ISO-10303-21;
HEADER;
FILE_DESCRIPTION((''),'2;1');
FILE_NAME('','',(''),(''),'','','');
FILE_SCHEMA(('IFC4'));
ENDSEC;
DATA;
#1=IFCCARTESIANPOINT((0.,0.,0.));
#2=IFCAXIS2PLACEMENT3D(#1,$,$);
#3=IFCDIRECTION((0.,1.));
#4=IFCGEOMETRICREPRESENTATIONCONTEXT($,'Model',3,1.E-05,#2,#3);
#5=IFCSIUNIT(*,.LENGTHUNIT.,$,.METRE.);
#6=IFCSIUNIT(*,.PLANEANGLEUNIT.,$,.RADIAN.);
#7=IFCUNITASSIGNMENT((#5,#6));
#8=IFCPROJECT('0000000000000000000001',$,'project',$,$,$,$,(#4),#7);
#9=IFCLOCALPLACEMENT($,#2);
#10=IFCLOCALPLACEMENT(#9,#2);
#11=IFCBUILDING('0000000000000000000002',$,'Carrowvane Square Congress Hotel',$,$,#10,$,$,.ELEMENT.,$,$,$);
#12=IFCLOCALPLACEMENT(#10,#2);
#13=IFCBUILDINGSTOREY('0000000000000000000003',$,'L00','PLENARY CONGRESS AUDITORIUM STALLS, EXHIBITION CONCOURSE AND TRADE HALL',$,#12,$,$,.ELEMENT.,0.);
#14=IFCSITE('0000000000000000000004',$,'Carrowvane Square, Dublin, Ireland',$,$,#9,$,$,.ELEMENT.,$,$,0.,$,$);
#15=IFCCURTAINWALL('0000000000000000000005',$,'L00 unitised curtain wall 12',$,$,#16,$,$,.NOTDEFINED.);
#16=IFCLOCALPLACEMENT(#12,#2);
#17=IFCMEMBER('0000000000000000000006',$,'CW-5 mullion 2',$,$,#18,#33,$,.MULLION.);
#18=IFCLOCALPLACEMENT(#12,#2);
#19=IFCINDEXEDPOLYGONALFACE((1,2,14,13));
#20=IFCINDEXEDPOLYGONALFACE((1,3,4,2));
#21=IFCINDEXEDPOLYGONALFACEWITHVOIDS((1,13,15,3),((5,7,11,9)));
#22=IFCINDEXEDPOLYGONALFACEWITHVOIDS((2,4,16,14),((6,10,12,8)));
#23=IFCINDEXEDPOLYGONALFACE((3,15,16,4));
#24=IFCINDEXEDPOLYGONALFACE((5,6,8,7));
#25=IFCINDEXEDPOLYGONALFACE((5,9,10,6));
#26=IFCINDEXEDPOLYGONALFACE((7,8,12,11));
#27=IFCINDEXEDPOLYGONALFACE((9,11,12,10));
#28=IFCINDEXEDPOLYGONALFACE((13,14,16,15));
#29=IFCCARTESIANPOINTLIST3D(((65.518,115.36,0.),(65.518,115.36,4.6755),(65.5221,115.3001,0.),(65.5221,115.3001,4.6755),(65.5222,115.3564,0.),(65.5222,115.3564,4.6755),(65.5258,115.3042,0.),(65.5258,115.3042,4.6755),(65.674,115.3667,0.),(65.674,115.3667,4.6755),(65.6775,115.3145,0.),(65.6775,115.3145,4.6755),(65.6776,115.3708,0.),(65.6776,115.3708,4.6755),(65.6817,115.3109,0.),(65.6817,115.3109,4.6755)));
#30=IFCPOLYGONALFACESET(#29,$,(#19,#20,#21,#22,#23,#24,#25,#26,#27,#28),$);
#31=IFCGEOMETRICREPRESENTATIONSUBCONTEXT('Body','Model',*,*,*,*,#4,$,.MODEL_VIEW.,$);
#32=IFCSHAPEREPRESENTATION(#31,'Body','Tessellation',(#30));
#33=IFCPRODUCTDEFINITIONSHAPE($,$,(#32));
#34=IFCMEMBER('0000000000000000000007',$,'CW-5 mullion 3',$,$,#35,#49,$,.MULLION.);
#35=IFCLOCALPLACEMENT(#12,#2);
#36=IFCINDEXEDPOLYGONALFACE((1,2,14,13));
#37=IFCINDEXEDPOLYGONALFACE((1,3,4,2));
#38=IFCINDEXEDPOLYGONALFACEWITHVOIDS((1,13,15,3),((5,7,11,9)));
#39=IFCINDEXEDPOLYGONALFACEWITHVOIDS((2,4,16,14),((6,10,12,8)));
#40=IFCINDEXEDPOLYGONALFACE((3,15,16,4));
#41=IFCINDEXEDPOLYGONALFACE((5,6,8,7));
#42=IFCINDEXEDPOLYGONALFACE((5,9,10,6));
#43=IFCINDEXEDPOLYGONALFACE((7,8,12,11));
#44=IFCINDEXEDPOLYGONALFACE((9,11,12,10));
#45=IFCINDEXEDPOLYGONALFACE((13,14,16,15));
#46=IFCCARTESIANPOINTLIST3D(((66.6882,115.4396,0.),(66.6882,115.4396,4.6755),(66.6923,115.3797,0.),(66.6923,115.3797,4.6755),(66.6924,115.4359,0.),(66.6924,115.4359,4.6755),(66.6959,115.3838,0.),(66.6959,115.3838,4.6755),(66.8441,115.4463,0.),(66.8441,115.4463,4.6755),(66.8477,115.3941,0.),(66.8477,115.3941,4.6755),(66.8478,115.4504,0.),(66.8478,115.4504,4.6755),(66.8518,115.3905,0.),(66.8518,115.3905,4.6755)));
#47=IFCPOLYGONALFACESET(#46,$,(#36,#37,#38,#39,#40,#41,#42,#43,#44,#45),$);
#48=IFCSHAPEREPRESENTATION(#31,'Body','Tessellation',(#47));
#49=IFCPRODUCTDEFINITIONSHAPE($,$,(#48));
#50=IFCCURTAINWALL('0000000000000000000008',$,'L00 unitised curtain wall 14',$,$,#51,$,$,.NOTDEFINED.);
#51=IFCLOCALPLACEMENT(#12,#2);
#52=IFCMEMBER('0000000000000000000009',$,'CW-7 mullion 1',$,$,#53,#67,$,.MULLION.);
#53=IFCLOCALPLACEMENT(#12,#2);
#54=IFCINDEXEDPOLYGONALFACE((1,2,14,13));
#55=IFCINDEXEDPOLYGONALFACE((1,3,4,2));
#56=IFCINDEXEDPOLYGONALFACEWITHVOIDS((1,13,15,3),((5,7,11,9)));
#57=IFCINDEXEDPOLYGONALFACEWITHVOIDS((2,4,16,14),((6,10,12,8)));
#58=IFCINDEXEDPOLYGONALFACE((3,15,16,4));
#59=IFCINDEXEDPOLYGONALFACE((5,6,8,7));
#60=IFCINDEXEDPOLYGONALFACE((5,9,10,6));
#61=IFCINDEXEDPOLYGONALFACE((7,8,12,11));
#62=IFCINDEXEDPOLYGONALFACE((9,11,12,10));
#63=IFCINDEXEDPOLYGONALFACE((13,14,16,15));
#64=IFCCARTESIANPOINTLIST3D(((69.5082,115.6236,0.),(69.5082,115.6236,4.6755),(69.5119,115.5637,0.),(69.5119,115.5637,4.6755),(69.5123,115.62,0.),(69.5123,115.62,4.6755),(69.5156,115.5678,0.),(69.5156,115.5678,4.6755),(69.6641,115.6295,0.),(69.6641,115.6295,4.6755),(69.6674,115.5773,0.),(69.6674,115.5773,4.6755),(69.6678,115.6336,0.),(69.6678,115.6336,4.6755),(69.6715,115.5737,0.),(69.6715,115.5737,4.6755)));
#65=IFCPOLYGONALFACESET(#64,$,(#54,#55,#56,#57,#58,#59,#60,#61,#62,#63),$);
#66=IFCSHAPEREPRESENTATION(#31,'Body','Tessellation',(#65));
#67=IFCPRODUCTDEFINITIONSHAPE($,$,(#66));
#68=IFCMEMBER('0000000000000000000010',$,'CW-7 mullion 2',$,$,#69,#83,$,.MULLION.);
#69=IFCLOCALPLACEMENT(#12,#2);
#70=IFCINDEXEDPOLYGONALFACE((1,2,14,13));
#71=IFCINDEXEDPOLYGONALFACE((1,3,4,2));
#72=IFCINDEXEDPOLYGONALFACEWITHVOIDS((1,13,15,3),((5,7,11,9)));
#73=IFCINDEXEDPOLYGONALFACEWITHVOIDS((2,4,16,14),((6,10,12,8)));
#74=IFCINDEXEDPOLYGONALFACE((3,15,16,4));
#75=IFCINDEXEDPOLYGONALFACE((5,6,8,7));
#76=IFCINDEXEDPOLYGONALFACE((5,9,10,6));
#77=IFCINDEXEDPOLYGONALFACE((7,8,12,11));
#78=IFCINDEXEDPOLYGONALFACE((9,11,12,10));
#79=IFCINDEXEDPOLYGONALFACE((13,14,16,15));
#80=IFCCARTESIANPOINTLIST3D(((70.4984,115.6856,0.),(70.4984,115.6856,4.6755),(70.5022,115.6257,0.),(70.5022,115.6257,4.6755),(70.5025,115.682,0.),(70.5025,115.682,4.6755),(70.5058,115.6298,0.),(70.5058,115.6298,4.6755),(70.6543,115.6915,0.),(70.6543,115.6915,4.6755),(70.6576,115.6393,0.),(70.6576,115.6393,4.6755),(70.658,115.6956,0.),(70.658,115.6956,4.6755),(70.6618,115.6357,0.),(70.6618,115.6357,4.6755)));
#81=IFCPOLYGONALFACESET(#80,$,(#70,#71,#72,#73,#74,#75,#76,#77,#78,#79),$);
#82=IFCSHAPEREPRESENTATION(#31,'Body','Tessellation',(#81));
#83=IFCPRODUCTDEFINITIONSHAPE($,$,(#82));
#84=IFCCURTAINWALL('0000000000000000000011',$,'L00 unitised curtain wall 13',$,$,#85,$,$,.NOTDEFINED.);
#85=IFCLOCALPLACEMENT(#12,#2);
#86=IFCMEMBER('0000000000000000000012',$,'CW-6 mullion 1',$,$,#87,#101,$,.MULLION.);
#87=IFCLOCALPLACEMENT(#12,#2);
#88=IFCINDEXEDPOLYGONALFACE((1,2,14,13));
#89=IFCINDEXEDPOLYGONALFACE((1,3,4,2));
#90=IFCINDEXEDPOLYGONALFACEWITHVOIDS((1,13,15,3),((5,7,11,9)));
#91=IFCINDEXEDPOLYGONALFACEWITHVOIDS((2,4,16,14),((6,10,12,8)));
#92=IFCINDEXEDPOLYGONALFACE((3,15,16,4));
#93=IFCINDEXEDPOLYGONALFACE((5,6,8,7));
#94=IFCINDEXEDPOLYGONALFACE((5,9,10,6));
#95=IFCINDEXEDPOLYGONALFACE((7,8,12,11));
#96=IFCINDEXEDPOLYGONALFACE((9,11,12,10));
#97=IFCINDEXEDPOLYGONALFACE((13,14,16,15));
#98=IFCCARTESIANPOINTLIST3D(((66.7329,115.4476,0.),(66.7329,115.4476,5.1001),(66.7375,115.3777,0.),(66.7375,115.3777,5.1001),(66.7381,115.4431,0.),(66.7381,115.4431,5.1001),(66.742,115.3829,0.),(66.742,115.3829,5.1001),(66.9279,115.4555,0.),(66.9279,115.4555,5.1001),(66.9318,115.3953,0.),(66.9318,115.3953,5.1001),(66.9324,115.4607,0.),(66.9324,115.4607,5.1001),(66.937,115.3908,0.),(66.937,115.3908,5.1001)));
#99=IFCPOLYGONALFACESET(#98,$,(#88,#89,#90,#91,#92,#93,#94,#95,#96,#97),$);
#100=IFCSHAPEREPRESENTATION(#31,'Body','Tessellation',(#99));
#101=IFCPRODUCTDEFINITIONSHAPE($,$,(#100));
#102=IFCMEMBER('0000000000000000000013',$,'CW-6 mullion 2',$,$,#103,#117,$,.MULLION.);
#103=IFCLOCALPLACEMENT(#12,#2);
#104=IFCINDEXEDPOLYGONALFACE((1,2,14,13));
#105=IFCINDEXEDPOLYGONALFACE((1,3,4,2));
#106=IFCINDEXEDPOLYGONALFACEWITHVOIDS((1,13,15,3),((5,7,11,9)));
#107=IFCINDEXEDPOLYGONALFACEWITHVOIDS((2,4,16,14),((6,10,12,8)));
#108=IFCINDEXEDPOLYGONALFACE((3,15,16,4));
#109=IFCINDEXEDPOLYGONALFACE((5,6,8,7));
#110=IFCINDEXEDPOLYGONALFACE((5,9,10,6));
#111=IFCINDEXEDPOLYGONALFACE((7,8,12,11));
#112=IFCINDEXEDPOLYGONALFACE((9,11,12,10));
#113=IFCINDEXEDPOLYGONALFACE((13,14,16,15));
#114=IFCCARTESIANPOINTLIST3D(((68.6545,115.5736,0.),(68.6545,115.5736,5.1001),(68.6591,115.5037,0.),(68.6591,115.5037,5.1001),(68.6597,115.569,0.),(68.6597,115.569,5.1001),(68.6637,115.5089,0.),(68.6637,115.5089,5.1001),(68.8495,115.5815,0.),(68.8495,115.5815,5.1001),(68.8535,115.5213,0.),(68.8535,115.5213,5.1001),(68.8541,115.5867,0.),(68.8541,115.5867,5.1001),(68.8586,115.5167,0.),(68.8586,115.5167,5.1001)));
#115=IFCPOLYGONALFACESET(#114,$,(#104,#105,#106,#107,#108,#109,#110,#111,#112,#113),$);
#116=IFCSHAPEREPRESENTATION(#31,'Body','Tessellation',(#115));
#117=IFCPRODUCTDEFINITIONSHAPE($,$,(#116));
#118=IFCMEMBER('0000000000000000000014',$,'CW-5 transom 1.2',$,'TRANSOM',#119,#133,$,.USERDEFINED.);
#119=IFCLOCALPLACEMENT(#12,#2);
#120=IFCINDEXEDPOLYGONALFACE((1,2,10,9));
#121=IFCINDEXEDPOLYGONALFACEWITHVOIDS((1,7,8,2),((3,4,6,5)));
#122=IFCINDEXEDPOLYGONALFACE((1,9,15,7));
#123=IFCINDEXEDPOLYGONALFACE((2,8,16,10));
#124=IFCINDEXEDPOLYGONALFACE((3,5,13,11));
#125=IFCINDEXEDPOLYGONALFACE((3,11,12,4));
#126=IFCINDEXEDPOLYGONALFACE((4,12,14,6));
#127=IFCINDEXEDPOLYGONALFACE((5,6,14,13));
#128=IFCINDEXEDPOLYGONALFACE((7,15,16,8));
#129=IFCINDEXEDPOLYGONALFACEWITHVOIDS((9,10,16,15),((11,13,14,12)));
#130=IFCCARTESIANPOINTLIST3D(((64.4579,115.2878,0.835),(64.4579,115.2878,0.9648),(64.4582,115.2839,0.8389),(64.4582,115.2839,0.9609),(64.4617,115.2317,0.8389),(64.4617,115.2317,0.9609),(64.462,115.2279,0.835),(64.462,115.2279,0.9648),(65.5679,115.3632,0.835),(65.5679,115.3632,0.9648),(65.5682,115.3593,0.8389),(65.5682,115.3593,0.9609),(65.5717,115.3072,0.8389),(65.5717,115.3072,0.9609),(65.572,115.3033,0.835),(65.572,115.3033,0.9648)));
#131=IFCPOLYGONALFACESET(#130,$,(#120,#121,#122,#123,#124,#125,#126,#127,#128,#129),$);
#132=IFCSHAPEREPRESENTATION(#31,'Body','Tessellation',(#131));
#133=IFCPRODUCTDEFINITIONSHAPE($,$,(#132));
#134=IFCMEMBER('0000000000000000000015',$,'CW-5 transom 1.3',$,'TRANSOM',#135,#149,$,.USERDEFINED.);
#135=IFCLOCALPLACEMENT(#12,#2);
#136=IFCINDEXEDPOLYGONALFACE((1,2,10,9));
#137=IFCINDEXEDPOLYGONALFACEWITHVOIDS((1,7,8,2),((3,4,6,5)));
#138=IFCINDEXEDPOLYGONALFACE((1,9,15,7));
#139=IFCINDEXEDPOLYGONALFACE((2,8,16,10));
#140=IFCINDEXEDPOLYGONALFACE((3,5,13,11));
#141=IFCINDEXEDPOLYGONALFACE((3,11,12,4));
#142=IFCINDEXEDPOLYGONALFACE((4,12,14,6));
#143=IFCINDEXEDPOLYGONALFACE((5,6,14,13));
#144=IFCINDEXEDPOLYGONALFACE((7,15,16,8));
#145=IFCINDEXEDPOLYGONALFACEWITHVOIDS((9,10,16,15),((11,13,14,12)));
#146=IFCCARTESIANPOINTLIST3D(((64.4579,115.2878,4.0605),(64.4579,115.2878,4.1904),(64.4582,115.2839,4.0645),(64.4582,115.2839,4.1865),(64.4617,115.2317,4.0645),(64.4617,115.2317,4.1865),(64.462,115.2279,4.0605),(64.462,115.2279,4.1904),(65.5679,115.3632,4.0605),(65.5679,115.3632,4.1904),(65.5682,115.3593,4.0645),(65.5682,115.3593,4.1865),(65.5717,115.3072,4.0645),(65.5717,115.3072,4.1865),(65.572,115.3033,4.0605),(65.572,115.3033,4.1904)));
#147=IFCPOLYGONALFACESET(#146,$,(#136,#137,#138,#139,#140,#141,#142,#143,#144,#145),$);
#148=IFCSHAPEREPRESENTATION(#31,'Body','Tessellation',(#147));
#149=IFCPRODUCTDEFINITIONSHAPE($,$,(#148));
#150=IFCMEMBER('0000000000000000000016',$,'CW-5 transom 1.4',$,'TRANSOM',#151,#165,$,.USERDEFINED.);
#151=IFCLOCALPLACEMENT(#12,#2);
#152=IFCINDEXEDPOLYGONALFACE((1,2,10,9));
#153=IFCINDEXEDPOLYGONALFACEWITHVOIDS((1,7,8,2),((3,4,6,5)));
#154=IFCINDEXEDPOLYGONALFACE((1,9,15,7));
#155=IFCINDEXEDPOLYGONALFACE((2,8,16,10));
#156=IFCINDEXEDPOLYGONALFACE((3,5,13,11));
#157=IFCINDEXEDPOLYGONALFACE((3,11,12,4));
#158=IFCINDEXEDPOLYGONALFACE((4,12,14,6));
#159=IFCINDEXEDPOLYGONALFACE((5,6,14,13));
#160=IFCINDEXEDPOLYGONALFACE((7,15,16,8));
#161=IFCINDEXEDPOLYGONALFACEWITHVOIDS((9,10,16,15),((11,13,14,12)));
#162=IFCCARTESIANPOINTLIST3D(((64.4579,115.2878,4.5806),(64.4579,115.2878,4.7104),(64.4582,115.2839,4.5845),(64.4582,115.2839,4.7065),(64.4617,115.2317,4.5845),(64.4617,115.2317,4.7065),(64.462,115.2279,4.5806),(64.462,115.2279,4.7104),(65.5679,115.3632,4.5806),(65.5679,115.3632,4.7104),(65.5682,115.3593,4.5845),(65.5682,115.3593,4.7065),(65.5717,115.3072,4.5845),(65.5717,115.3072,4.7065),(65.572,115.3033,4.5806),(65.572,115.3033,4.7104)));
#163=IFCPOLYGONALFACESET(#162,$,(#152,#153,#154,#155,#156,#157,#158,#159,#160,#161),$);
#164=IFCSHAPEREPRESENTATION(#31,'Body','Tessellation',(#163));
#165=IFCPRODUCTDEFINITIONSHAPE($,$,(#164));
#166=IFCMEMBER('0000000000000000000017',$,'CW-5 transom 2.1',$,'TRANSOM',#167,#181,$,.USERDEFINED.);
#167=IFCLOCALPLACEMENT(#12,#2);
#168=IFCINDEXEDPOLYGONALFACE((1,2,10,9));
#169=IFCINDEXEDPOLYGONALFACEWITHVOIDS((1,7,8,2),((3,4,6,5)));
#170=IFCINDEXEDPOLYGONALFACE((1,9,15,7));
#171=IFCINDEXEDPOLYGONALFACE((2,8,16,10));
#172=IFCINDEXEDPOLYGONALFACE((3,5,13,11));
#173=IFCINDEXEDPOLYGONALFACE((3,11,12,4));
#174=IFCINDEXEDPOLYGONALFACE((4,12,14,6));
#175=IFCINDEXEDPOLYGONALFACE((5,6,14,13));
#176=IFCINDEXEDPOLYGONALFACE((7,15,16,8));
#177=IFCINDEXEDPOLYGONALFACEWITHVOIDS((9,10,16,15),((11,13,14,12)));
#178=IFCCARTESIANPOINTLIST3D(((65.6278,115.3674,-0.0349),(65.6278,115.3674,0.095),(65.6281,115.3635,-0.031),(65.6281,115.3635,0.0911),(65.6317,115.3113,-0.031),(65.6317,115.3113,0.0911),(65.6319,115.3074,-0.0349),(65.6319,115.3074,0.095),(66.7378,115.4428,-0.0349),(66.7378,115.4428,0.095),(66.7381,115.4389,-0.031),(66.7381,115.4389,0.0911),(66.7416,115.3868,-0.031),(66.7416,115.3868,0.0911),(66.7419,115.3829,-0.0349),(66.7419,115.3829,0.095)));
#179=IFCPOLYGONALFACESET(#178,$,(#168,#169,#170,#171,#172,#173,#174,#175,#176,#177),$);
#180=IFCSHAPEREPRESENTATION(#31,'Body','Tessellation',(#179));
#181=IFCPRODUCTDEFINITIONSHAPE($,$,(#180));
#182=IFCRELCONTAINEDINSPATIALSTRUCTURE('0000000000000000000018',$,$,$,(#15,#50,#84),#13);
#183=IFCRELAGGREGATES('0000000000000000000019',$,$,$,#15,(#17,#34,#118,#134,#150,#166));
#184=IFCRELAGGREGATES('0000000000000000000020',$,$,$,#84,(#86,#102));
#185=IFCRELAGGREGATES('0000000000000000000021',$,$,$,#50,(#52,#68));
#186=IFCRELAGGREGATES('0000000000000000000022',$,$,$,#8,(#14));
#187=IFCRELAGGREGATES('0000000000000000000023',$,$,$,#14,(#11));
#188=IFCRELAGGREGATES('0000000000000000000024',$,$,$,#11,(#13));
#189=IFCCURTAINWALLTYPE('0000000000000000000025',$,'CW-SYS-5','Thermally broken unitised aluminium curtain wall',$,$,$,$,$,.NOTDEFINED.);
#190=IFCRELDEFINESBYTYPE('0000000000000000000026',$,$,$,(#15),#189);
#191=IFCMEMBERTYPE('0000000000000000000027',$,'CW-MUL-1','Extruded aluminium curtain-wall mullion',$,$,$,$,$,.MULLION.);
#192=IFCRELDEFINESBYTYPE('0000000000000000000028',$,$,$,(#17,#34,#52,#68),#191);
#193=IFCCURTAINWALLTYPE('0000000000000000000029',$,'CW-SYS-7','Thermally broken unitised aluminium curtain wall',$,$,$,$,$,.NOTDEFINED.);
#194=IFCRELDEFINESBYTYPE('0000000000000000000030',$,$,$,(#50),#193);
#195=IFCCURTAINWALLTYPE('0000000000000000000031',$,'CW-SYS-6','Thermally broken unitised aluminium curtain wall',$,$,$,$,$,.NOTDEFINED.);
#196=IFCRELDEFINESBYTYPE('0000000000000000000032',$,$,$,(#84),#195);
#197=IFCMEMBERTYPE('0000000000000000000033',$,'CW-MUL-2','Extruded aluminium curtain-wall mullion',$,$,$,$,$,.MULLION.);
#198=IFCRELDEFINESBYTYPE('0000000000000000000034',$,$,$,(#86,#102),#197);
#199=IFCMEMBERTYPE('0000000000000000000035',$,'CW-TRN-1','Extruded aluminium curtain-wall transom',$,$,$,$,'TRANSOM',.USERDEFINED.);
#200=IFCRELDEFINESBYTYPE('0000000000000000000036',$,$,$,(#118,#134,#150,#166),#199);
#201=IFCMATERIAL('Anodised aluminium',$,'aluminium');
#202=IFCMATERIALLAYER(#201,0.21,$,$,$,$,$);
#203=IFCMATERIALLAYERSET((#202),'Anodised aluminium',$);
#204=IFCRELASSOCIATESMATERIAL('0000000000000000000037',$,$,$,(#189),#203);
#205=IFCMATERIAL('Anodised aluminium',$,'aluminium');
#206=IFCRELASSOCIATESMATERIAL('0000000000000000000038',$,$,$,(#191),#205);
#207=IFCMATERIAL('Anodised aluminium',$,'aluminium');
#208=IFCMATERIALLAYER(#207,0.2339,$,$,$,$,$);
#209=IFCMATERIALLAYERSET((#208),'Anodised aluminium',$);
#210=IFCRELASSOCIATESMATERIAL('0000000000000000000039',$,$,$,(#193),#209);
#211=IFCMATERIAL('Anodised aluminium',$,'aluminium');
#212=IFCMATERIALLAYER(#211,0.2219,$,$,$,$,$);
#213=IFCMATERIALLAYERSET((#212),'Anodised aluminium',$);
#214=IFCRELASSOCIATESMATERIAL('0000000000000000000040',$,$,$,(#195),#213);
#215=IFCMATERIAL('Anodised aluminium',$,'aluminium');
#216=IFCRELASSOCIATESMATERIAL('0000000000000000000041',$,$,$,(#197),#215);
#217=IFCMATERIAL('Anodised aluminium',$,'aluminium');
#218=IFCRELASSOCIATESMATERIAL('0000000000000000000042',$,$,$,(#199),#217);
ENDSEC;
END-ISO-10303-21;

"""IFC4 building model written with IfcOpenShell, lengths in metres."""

from ifc_helpers import new_model, si_unit, direction, frame, origin, origin_2d, place, context, subcontext, project, spatial, hollow_rectangle, extrude, material, layer, layer_set, material_profile, profile_set, type_object, element, aggregate, save


model = new_model("IFC4")

# Units and contexts
model_context = context("Model", 3, precision=1e-05, world=origin(), true_north=direction((0.0, 1.0)))
body_context = subcontext(model_context, "Body", "Model", "MODEL_VIEW")
ifc_project = project(units=[si_unit("LENGTHUNIT", "METRE"), si_unit("PLANEANGLEUNIT", "RADIAN")], contexts=[model_context])

# Site, building, storey
site_placement = place(None, origin())
site = spatial("IfcSite", under=ifc_project, at=site_placement, Name="Carrowvane Square, Dublin, Ireland", CompositionType="ELEMENT", RefElevation=0.0)
building_placement = place(site_placement, origin())
building = spatial("IfcBuilding", under=site, at=building_placement, Name="Carrowvane Square Congress Hotel", CompositionType="ELEMENT")
storey_placement = place(building_placement, origin())
storey = spatial("IfcBuildingStorey", under=building, at=storey_placement, Name="L00", Description="PLENARY CONGRESS AUDITORIUM STALLS, EXHIBITION CONCOURSE AND TRADE HALL", CompositionType="ELEMENT", Elevation=0.0)

# Curtain walls, members
ifc_material_1 = material(Name="Anodised aluminium", Category="aluminium")
ifc_layer_1 = layer(ifc_material_1, 0.21)
ifc_layer_set_1 = layer_set([ifc_layer_1], Name="Anodised aluminium")
curtain_wall_type_1 = type_object("IfcCurtainWallType", Name="CW-SYS-5", Description="Thermally broken unitised aluminium curtain wall", PredefinedType="NOTDEFINED", material=ifc_layer_set_1)
curtain_wall_1_placement = place(storey_placement, origin())
curtain_wall_1 = element("IfcCurtainWall", 1, at=curtain_wall_1_placement, inside=storey, type_object=curtain_wall_type_1, Name="L00 unitised curtain wall 12", PredefinedType="NOTDEFINED")
ifc_material_2 = material(Name="Anodised aluminium", Category="aluminium")
ifc_material_profile_1 = material_profile(ifc_material_2, hollow_rectangle(XDim=0.0601, YDim=0.1599, WallThickness=0.0039, at=origin_2d()), Name="CW-ML 60x160x4")
ifc_profile_set_1 = profile_set([ifc_material_profile_1], Name="Anodised aluminium")
member_type_1 = type_object("IfcMemberType", Name="CW-MUL-1", Description="Extruded aluminium curtain-wall mullion", PredefinedType="MULLION", material=ifc_profile_set_1)
member_1_placement = place(storey_placement, frame((65.5999, 115.3354, 0.0), z_axis=(0.0, 0.0, 1.0), x_axis=(-0.067865, 0.997694, 0.0)))
member_1 = element("IfcMember", 2, at=member_1_placement, type_object=member_type_1, Name="CW-5 mullion 2", PredefinedType="MULLION", context=body_context, shape_type="SweptSolid", body=[
    extrude(hollow_rectangle(XDim=0.0601, YDim=0.1599, WallThickness=0.0039, at=origin_2d()), origin(), (0.0, 0.0, 1.0), 4.6755),
])
member_2_placement = place(storey_placement, frame((66.77, 115.415, 0.0), z_axis=(0.0, 0.0, 1.0), x_axis=(-0.067865, 0.997694, 0.0)))
member_2 = element("IfcMember", 3, at=member_2_placement, type_object=member_type_1, Name="CW-5 mullion 3", PredefinedType="MULLION", context=body_context, shape_type="SweptSolid", body=[
    extrude(hollow_rectangle(XDim=0.0601, YDim=0.1599, WallThickness=0.0039, at=origin_2d()), origin(), (0.0, 0.0, 1.0), 4.6755),
])
ifc_material_3 = material(Name="Anodised aluminium", Category="aluminium")
ifc_layer_2 = layer(ifc_material_3, 0.2339)
ifc_layer_set_2 = layer_set([ifc_layer_2], Name="Anodised aluminium")
curtain_wall_type_2 = type_object("IfcCurtainWallType", Name="CW-SYS-7", Description="Thermally broken unitised aluminium curtain wall", PredefinedType="NOTDEFINED", material=ifc_layer_set_2)
curtain_wall_2_placement = place(storey_placement, origin())
curtain_wall_2 = element("IfcCurtainWall", 4, at=curtain_wall_2_placement, inside=storey, type_object=curtain_wall_type_2, Name="L00 unitised curtain wall 14", PredefinedType="NOTDEFINED")
member_3_placement = place(storey_placement, frame((69.5898, 115.5986, 0.0), z_axis=(0.0, 0.0, 1.0), x_axis=(-0.062397, 0.998051, 0.0)))
member_3 = element("IfcMember", 5, at=member_3_placement, type_object=member_type_1, Name="CW-7 mullion 1", PredefinedType="MULLION", context=body_context, shape_type="SweptSolid", body=[
    extrude(hollow_rectangle(XDim=0.0601, YDim=0.1599, WallThickness=0.0039, at=origin_2d()), origin(), (0.0, 0.0, 1.0), 4.6755),
])
member_4_placement = place(storey_placement, frame((70.5801, 115.6606, 0.0), z_axis=(0.0, 0.0, 1.0), x_axis=(-0.062397, 0.998051, 0.0)))
member_4 = element("IfcMember", 6, at=member_4_placement, type_object=member_type_1, Name="CW-7 mullion 2", PredefinedType="MULLION", context=body_context, shape_type="SweptSolid", body=[
    extrude(hollow_rectangle(XDim=0.0601, YDim=0.1599, WallThickness=0.0039, at=origin_2d()), origin(), (0.0, 0.0, 1.0), 4.6755),
])
ifc_material_4 = material(Name="Anodised aluminium", Category="aluminium")
ifc_layer_3 = layer(ifc_material_4, 0.2219)
ifc_layer_set_3 = layer_set([ifc_layer_3], Name="Anodised aluminium")
curtain_wall_type_3 = type_object("IfcCurtainWallType", Name="CW-SYS-6", Description="Thermally broken unitised aluminium curtain wall", PredefinedType="NOTDEFINED", material=ifc_layer_set_3)
curtain_wall_3_placement = place(storey_placement, origin())
curtain_wall_3 = element("IfcCurtainWall", 7, at=curtain_wall_3_placement, inside=storey, type_object=curtain_wall_type_3, Name="L00 unitised curtain wall 13", PredefinedType="NOTDEFINED")
ifc_material_5 = material(Name="Anodised aluminium", Category="aluminium")
ifc_material_profile_2 = material_profile(ifc_material_5, hollow_rectangle(XDim=0.0701, YDim=0.2, WallThickness=0.0049, at=origin_2d()), Name="CW-ML 70x200x5")
ifc_profile_set_2 = profile_set([ifc_material_profile_2], Name="Anodised aluminium")
member_type_2 = type_object("IfcMemberType", Name="CW-MUL-2", Description="Extruded aluminium curtain-wall mullion", PredefinedType="MULLION", material=ifc_profile_set_2)
member_5_placement = place(storey_placement, frame((66.835, 115.4192, 0.0), z_axis=(0.0, 0.0, 1.0), x_axis=(-0.065412, 0.997858, 0.0)))
member_5 = element("IfcMember", 8, at=member_5_placement, type_object=member_type_2, Name="CW-6 mullion 1", PredefinedType="MULLION", context=body_context, shape_type="SweptSolid", body=[
    extrude(hollow_rectangle(XDim=0.0701, YDim=0.2, WallThickness=0.0049, at=origin_2d()), origin(), (0.0, 0.0, 1.0), 5.1001),
])
member_6_placement = place(storey_placement, frame((68.7566, 115.5452, 0.0), z_axis=(0.0, 0.0, 1.0), x_axis=(-0.065412, 0.997858, 0.0)))
member_6 = element("IfcMember", 9, at=member_6_placement, type_object=member_type_2, Name="CW-6 mullion 2", PredefinedType="MULLION", context=body_context, shape_type="SweptSolid", body=[
    extrude(hollow_rectangle(XDim=0.0701, YDim=0.2, WallThickness=0.0049, at=origin_2d()), origin(), (0.0, 0.0, 1.0), 5.1001),
])

# Members
ifc_material_6 = material(Name="Anodised aluminium", Category="aluminium")
ifc_material_profile_3 = material_profile(ifc_material_6, hollow_rectangle(XDim=0.0601, YDim=0.1299, WallThickness=0.0039, at=origin_2d()), Name="CW-TR 60x130x4")
ifc_profile_set_3 = profile_set([ifc_material_profile_3], Name="Anodised aluminium")
member_type_3 = type_object("IfcMemberType", Name="CW-TRN-1", Description="Extruded aluminium curtain-wall transom", ElementType="TRANSOM", PredefinedType="USERDEFINED", material=ifc_profile_set_3)
member_7_placement = place(storey_placement, frame((64.46, 115.2578, 0.8999), z_axis=(0.997699, 0.067801, 0.0), x_axis=(-0.067801, 0.997699, 0.0)))
member_7 = element("IfcMember", 10, at=member_7_placement, type_object=member_type_3, Name="CW-5 transom 1.2", ObjectType="TRANSOM", PredefinedType="USERDEFINED", context=body_context, shape_type="SweptSolid", body=[
    extrude(hollow_rectangle(XDim=0.0601, YDim=0.1299, WallThickness=0.0039, at=origin_2d()), origin(), (0.0, 0.0, 1.0), 1.1125),
])
member_8_placement = place(storey_placement, frame((64.46, 115.2578, 4.1255), z_axis=(0.997699, 0.067801, 0.0), x_axis=(-0.067801, 0.997699, 0.0)))
member_8 = element("IfcMember", 11, at=member_8_placement, type_object=member_type_3, Name="CW-5 transom 1.3", ObjectType="TRANSOM", PredefinedType="USERDEFINED", context=body_context, shape_type="SweptSolid", body=[
    extrude(hollow_rectangle(XDim=0.0601, YDim=0.1299, WallThickness=0.0039, at=origin_2d()), origin(), (0.0, 0.0, 1.0), 1.1125),
])
member_9_placement = place(storey_placement, frame((64.46, 115.2578, 4.6455), z_axis=(0.997699, 0.067801, 0.0), x_axis=(-0.067801, 0.997699, 0.0)))
member_9 = element("IfcMember", 12, at=member_9_placement, type_object=member_type_3, Name="CW-5 transom 1.4", ObjectType="TRANSOM", PredefinedType="USERDEFINED", context=body_context, shape_type="SweptSolid", body=[
    extrude(hollow_rectangle(XDim=0.0601, YDim=0.1299, WallThickness=0.0039, at=origin_2d()), origin(), (0.0, 0.0, 1.0), 1.1125),
])
member_10_placement = place(storey_placement, frame((65.6299, 115.3374, 0.03), z_axis=(0.997699, 0.067801, 0.0), x_axis=(-0.067801, 0.997699, 0.0)))
member_10 = element("IfcMember", 13, at=member_10_placement, type_object=member_type_3, Name="CW-5 transom 2.1", ObjectType="TRANSOM", PredefinedType="USERDEFINED", context=body_context, shape_type="SweptSolid", body=[
    extrude(hollow_rectangle(XDim=0.0601, YDim=0.1299, WallThickness=0.0039, at=origin_2d()), origin(), (0.0, 0.0, 1.0), 1.1125),
])

aggregate(curtain_wall_1, [member_1, member_2, member_7, member_8, member_9, member_10])
aggregate(curtain_wall_3, [member_5, member_6])
aggregate(curtain_wall_2, [member_3, member_4])

save(model, "model.ifc")
